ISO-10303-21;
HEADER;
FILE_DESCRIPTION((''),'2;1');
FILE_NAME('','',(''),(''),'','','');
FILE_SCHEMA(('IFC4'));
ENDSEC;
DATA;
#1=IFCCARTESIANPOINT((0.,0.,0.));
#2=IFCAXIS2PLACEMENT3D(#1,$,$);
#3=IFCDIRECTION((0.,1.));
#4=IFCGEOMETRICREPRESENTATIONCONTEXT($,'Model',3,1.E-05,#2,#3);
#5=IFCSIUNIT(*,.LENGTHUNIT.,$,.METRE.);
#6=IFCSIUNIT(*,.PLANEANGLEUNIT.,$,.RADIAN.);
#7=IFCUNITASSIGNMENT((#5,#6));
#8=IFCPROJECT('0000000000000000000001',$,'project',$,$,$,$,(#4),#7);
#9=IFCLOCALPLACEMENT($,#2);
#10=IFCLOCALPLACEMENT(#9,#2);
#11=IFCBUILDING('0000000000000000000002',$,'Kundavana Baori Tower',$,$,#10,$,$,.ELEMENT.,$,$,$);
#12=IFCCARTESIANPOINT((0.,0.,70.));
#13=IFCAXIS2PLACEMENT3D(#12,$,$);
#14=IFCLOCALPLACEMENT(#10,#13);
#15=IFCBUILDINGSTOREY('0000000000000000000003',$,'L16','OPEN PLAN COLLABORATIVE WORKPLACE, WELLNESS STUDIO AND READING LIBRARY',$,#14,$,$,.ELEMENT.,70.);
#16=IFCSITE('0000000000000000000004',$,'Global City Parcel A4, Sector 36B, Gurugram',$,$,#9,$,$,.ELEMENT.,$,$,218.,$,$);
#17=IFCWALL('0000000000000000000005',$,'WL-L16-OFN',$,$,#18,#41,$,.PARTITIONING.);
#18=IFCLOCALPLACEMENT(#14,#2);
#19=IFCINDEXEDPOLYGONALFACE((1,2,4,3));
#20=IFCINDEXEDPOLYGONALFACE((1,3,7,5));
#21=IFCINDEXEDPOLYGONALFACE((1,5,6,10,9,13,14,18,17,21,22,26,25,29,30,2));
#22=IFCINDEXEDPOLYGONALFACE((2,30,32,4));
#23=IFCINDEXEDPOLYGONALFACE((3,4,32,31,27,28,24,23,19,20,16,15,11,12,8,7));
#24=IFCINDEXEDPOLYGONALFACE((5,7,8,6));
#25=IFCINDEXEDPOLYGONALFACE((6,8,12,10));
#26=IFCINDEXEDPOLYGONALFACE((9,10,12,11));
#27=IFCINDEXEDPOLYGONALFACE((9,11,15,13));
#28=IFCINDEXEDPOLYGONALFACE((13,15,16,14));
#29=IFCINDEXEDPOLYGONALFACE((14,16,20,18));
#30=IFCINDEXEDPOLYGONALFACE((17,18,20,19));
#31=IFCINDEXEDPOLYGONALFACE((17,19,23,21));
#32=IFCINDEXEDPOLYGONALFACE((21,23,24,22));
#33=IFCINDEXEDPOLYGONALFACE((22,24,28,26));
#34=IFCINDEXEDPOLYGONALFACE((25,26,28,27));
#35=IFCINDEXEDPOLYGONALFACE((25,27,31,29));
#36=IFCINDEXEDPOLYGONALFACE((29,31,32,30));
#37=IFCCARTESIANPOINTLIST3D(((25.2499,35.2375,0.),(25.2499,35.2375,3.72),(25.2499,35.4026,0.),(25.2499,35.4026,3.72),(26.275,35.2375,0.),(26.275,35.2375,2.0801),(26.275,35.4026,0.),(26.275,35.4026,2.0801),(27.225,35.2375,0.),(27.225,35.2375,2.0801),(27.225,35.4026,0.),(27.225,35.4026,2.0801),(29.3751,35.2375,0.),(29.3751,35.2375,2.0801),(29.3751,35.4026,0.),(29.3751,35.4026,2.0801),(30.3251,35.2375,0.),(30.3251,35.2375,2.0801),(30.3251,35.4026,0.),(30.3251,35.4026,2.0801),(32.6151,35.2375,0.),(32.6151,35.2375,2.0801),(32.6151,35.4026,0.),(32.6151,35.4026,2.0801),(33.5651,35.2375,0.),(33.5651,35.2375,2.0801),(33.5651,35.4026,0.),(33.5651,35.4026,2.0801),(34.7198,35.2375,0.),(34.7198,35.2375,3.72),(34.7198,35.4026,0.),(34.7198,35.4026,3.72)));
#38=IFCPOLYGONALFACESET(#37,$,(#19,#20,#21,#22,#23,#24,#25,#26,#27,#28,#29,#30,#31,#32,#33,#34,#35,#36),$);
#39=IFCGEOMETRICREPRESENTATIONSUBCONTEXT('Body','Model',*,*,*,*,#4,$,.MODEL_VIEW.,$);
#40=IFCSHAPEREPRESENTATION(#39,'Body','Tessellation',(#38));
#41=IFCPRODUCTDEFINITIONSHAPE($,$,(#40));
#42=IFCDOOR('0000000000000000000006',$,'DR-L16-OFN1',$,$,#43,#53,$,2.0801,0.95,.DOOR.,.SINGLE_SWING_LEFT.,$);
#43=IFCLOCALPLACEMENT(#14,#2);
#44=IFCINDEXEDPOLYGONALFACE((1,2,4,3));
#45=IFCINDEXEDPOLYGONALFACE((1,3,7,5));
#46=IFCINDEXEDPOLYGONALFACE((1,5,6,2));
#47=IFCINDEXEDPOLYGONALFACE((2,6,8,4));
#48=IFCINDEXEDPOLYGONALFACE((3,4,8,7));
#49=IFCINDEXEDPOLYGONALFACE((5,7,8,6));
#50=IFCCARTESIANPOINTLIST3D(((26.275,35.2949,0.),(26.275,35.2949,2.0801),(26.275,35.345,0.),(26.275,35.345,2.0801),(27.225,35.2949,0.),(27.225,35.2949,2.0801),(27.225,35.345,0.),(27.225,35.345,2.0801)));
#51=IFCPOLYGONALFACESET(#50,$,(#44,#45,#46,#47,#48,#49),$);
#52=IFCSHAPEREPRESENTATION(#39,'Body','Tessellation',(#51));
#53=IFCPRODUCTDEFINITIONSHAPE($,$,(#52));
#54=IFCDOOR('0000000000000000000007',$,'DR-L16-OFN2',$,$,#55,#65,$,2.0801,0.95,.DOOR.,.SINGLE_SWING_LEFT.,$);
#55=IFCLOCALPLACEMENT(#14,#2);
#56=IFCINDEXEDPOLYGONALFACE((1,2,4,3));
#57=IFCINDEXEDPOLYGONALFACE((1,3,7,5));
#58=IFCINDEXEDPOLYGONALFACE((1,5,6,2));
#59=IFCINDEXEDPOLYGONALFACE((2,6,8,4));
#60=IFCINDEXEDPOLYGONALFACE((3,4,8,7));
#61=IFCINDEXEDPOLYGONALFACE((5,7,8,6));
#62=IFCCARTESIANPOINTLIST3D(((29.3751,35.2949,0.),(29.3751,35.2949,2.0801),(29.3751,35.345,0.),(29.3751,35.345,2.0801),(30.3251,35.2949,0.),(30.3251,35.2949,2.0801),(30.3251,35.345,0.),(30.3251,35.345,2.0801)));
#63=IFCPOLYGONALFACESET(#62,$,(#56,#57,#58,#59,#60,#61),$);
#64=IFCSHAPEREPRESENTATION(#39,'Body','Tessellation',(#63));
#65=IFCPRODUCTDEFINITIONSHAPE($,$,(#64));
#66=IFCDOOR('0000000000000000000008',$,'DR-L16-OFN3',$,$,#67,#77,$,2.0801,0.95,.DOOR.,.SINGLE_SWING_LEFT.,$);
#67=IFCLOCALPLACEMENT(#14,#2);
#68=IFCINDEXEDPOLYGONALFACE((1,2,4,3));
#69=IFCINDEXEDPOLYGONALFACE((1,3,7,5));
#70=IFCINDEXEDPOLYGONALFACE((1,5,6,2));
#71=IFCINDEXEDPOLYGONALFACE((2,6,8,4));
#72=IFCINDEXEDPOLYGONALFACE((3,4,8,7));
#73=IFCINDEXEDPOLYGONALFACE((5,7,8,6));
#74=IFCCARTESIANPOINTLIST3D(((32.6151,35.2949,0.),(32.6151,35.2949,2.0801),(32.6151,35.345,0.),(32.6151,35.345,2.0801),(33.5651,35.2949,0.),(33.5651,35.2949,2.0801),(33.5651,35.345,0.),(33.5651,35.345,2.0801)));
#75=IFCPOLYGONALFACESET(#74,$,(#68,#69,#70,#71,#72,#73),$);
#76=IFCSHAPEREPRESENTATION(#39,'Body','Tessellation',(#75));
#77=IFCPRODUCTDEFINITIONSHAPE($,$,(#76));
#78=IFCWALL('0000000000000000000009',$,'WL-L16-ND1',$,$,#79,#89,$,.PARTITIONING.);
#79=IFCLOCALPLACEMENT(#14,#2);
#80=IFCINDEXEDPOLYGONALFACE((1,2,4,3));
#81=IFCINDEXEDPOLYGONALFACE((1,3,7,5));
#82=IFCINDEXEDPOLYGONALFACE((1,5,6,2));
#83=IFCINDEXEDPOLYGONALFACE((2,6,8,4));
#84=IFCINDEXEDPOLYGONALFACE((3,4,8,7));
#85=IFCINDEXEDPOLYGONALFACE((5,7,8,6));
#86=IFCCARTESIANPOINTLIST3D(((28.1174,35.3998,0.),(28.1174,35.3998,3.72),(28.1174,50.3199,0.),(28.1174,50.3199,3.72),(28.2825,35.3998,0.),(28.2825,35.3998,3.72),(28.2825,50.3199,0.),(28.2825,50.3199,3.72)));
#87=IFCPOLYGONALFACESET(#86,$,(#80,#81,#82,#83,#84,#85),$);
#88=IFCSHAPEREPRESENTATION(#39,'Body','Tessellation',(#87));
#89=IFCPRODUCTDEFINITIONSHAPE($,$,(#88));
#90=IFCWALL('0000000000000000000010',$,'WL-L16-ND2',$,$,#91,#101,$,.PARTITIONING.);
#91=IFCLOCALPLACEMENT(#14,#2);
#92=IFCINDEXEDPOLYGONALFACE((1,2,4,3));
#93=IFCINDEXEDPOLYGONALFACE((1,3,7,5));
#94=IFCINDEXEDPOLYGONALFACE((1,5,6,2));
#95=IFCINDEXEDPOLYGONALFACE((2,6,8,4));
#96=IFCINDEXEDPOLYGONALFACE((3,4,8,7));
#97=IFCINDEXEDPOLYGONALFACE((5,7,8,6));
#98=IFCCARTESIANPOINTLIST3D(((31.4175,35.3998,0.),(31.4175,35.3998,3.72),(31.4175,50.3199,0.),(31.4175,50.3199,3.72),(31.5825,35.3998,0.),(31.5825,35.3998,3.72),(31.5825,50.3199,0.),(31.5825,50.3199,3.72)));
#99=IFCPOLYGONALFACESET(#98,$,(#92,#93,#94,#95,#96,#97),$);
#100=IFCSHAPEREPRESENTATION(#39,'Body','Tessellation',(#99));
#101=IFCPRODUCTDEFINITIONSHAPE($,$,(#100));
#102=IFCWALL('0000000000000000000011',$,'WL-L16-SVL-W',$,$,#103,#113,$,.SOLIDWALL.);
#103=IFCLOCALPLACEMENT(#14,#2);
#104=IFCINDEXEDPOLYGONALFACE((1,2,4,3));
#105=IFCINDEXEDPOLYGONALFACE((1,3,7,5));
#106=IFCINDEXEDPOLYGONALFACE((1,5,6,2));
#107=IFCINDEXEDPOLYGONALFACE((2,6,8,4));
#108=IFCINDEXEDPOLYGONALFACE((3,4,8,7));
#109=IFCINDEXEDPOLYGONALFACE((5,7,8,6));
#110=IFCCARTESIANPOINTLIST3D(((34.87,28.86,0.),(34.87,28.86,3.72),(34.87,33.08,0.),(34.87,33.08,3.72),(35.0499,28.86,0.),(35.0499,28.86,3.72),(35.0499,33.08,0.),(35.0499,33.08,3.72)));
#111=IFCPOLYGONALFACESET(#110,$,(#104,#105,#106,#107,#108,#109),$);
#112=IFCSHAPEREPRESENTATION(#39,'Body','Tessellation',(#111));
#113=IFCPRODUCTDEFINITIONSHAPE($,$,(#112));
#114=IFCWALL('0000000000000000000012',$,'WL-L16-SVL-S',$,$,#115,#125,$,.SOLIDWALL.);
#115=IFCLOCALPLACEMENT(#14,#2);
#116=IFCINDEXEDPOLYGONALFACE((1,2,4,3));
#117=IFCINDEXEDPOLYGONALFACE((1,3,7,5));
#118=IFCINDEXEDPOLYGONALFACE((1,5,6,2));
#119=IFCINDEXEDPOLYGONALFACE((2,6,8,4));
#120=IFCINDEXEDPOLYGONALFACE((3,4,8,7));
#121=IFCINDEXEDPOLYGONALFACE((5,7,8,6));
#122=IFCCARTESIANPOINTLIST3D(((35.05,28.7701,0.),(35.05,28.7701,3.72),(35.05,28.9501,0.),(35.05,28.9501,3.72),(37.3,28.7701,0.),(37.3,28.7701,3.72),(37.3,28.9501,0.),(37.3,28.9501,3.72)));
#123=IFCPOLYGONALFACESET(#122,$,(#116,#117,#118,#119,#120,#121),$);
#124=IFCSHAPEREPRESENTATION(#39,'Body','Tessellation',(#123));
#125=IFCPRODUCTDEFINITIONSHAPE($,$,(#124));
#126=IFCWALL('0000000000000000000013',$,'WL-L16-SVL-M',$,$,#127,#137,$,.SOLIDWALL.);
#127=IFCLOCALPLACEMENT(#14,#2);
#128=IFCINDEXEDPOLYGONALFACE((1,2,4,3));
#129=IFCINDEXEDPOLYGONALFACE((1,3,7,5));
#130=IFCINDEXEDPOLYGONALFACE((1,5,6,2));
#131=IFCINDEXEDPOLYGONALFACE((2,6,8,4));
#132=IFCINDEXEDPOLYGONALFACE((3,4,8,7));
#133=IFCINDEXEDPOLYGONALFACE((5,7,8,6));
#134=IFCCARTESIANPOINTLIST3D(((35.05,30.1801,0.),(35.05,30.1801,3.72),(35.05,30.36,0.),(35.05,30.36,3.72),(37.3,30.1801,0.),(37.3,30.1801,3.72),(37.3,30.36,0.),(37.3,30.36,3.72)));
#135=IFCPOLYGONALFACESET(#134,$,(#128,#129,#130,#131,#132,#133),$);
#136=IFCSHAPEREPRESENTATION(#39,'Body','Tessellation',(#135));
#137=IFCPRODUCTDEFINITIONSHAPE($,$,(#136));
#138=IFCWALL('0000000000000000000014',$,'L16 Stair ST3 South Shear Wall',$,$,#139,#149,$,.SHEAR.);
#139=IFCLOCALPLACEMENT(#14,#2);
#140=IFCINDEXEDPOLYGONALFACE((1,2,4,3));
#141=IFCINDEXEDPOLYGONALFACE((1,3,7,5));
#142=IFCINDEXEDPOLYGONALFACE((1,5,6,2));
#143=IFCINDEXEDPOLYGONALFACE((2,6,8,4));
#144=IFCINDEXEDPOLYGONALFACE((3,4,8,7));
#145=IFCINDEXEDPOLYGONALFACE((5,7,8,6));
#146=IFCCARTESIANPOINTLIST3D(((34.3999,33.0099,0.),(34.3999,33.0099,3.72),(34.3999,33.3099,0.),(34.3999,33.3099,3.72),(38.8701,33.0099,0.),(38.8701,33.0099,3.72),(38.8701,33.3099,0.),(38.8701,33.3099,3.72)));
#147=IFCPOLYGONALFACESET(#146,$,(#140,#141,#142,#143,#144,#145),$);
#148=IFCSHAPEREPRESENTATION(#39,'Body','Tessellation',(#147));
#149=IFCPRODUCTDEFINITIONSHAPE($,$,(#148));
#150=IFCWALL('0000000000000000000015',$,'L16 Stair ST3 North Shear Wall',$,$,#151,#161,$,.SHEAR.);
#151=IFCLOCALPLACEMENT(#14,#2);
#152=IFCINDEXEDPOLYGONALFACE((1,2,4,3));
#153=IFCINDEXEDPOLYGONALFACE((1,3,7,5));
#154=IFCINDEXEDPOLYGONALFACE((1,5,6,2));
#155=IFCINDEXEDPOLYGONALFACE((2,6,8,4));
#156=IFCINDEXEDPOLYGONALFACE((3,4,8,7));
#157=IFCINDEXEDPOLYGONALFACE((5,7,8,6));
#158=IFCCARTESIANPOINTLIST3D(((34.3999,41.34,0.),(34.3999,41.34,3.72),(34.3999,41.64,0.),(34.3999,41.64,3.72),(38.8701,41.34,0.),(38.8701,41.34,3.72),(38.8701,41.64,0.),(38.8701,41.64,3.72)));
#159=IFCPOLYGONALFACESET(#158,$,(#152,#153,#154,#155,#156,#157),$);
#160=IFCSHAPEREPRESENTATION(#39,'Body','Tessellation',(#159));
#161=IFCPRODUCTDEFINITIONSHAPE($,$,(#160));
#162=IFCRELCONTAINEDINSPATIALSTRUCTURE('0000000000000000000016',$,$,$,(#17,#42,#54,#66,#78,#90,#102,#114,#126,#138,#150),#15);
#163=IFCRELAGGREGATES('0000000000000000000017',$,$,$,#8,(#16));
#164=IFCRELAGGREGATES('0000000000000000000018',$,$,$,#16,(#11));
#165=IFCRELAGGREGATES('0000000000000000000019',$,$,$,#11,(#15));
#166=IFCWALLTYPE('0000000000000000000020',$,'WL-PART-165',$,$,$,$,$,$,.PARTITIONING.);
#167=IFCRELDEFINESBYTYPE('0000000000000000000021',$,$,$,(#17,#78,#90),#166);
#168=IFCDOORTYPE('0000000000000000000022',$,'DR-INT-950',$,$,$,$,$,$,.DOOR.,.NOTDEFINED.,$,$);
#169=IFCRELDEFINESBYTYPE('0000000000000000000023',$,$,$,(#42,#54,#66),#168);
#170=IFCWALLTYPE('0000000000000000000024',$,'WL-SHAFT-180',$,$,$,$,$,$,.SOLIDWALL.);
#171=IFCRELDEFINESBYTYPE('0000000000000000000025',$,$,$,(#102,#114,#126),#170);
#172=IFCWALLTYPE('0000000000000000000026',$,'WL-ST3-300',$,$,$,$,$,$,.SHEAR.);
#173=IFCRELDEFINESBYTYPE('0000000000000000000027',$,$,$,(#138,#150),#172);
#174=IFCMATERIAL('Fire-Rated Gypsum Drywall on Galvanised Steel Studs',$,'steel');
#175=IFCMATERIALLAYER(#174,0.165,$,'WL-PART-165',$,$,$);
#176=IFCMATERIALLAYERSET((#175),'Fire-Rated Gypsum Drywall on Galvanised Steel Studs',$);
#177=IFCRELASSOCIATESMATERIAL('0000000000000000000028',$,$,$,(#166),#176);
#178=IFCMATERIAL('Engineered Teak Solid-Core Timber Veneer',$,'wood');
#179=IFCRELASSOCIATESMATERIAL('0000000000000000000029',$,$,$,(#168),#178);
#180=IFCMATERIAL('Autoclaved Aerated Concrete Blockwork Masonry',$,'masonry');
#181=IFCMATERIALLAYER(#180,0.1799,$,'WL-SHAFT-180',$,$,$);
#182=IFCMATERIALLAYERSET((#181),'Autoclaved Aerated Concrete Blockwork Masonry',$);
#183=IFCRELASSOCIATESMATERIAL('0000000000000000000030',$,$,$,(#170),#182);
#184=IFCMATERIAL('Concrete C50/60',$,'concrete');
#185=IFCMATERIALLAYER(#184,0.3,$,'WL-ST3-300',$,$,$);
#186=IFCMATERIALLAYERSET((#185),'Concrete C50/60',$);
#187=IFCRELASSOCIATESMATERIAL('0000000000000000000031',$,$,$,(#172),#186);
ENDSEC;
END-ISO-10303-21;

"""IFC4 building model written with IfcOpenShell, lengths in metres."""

from ifc_helpers import new_model, si_unit, direction, frame, frame_2d, origin, place, context, subcontext, project, spatial, rectangle, extrude, material, layer, layer_set, type_object, element, fill, save


model = new_model("IFC4")

# Units and contexts
model_context = context("Model", 3, precision=1e-05, world=origin(), true_north=direction((0.0, 1.0)))
body_context = subcontext(model_context, "Body", "Model", "MODEL_VIEW")
ifc_project = project(units=[si_unit("LENGTHUNIT", "METRE"), si_unit("PLANEANGLEUNIT", "RADIAN")], contexts=[model_context])

# Site, building, storey
site_placement = place(None, origin())
site = spatial("IfcSite", under=ifc_project, at=site_placement, Name="Global City Parcel A4, Sector 36B, Gurugram", CompositionType="ELEMENT", RefElevation=218.0)
building_placement = place(site_placement, origin())
building = spatial("IfcBuilding", under=site, at=building_placement, Name="Kundavana Baori Tower", CompositionType="ELEMENT")
storey_placement = place(building_placement, frame((0.0, 0.0, 70.0)))
storey = spatial("IfcBuildingStorey", under=building, at=storey_placement, Name="L16", Description="OPEN PLAN COLLABORATIVE WORKPLACE, WELLNESS STUDIO AND READING LIBRARY", CompositionType="ELEMENT", Elevation=70.0)

# Wall, openings, doors
ifc_material_1 = material(Name="Fire-Rated Gypsum Drywall on Galvanised Steel Studs", Category="steel")
ifc_layer_1 = layer(ifc_material_1, 0.165, Name="WL-PART-165")
ifc_layer_set_1 = layer_set([ifc_layer_1], Name="Fire-Rated Gypsum Drywall on Galvanised Steel Studs")
wall_type_1 = type_object("IfcWallType", Name="WL-PART-165", PredefinedType="PARTITIONING", material=ifc_layer_set_1)
wall_1_placement = place(storey_placement, frame((25.25, 35.3201, 0.0), z_axis=(0.0, 0.0, 1.0), x_axis=(1.0, 0.0, 0.0)))
wall_1 = element("IfcWall", 1, at=wall_1_placement, inside=storey, type_object=wall_type_1, Name="WL-L16-OFN", PredefinedType="PARTITIONING", context=body_context, shape_type="SweptSolid", body=[
    extrude(rectangle(XDim=9.47, YDim=0.165, at=frame_2d((4.7349, 0.0))), origin(), (0.0, 0.0, 1.0), 3.72),
])
opening_1_placement = place(wall_1_placement, frame((1.0249, 0.0, 0.0)))
opening_1 = element("IfcOpeningElement", 2, at=opening_1_placement, cuts=wall_1, PredefinedType="OPENING", context=body_context, shape_type="SweptSolid", body=[
    extrude(rectangle(XDim=0.95, YDim=2.0801, at=frame_2d((0.4751, 1.04))), frame((0.0, 0.0925, 0.0), z_axis=(0.0, -1.0, 0.0), x_axis=(1.0, 0.0, 0.0)), (0.0, 0.0, 1.0), 0.1851),
])
opening_2_placement = place(wall_1_placement, frame((4.125, 0.0, 0.0)))
opening_2 = element("IfcOpeningElement", 3, at=opening_2_placement, cuts=wall_1, PredefinedType="OPENING", context=body_context, shape_type="SweptSolid", body=[
    extrude(rectangle(XDim=0.95, YDim=2.0801, at=frame_2d((0.4751, 1.04))), frame((0.0, 0.0925, 0.0), z_axis=(0.0, -1.0, 0.0), x_axis=(1.0, 0.0, 0.0)), (0.0, 0.0, 1.0), 0.1851),
])
opening_3_placement = place(wall_1_placement, frame((7.365, 0.0, 0.0)))
opening_3 = element("IfcOpeningElement", 4, at=opening_3_placement, cuts=wall_1, PredefinedType="OPENING", context=body_context, shape_type="SweptSolid", body=[
    extrude(rectangle(XDim=0.95, YDim=2.0801, at=frame_2d((0.4751, 1.04))), frame((0.0, 0.0925, 0.0), z_axis=(0.0, -1.0, 0.0), x_axis=(1.0, 0.0, 0.0)), (0.0, 0.0, 1.0), 0.1851),
])
ifc_material_2 = material(Name="Engineered Teak Solid-Core Timber Veneer", Category="wood")
door_type_1 = type_object("IfcDoorType", Name="DR-INT-950", OperationType="NOTDEFINED", PredefinedType="DOOR", material=ifc_material_2)
door_1_placement = place(opening_1_placement, origin())
door_1 = element("IfcDoor", 5, at=door_1_placement, inside=storey, type_object=door_type_1, Name="DR-L16-OFN1", OperationType="SINGLE_SWING_LEFT", OverallHeight=2.0801, OverallWidth=0.95, PredefinedType="DOOR", context=body_context, shape_type="SweptSolid", body=[
    extrude(rectangle(XDim=0.95, YDim=2.0801, at=frame_2d((0.4751, 1.04))), frame((0.0, 0.0249, 0.0), z_axis=(0.0, -1.0, 0.0), x_axis=(1.0, 0.0, 0.0)), (0.0, 0.0, 1.0), 0.05),
])
fill(opening_1, door_1)
door_2_placement = place(opening_2_placement, origin())
door_2 = element("IfcDoor", 6, at=door_2_placement, inside=storey, type_object=door_type_1, Name="DR-L16-OFN2", OperationType="SINGLE_SWING_LEFT", OverallHeight=2.0801, OverallWidth=0.95, PredefinedType="DOOR", context=body_context, shape_type="SweptSolid", body=[
    extrude(rectangle(XDim=0.95, YDim=2.0801, at=frame_2d((0.4751, 1.04))), frame((0.0, 0.0249, 0.0), z_axis=(0.0, -1.0, 0.0), x_axis=(1.0, 0.0, 0.0)), (0.0, 0.0, 1.0), 0.05),
])
fill(opening_2, door_2)
door_3_placement = place(opening_3_placement, origin())
door_3 = element("IfcDoor", 7, at=door_3_placement, inside=storey, type_object=door_type_1, Name="DR-L16-OFN3", OperationType="SINGLE_SWING_LEFT", OverallHeight=2.0801, OverallWidth=0.95, PredefinedType="DOOR", context=body_context, shape_type="SweptSolid", body=[
    extrude(rectangle(XDim=0.95, YDim=2.0801, at=frame_2d((0.4751, 1.04))), frame((0.0, 0.0249, 0.0), z_axis=(0.0, -1.0, 0.0), x_axis=(1.0, 0.0, 0.0)), (0.0, 0.0, 1.0), 0.05),
])
fill(opening_3, door_3)

# Walls
for number, where, z_axis, x_axis, name in (
    (8, (28.2, 35.3999, 0.0), (0.0, 0.0, 1.0), (0.0, 1.0, 0.0), "WL-L16-ND1"),
    (9, (31.5, 35.3999, 0.0), (0.0, 0.0, 1.0), (0.0, 1.0, 0.0), "WL-L16-ND2"),
):
    element("IfcWall", number, at=place(storey_placement, frame(where, z_axis=z_axis, x_axis=x_axis)), inside=storey, type_object=wall_type_1, Name=name, PredefinedType="PARTITIONING", context=body_context, shape_type="SweptSolid", body=[
        extrude(rectangle(XDim=14.9202, YDim=0.165, at=frame_2d((7.46, 0.0))), origin(), (0.0, 0.0, 1.0), 3.72),
    ])
ifc_material_3 = material(Name="Autoclaved Aerated Concrete Blockwork Masonry", Category="masonry")
ifc_layer_2 = layer(ifc_material_3, 0.1799, Name="WL-SHAFT-180")
ifc_layer_set_2 = layer_set([ifc_layer_2], Name="Autoclaved Aerated Concrete Blockwork Masonry")
wall_type_2 = type_object("IfcWallType", Name="WL-SHAFT-180", PredefinedType="SOLIDWALL", material=ifc_layer_set_2)
wall_2_placement = place(storey_placement, frame((34.96, 28.8601, 0.0), z_axis=(0.0, 0.0, 1.0), x_axis=(0.0, 1.0, 0.0)))
element("IfcWall", 10, at=wall_2_placement, inside=storey, type_object=wall_type_2, Name="WL-L16-SVL-W", PredefinedType="SOLIDWALL", context=body_context, shape_type="SweptSolid", body=[
    extrude(rectangle(XDim=4.22, YDim=0.1799, at=frame_2d((2.1099, 0.0))), origin(), (0.0, 0.0, 1.0), 3.72),
])
for number, where, z_axis, x_axis, name in (
    (11, (35.05, 28.8601, 0.0), (0.0, 0.0, 1.0), (1.0, 0.0, 0.0), "WL-L16-SVL-S"),
    (12, (35.05, 30.27, 0.0), (0.0, 0.0, 1.0), (1.0, 0.0, 0.0), "WL-L16-SVL-M"),
):
    element("IfcWall", number, at=place(storey_placement, frame(where, z_axis=z_axis, x_axis=x_axis)), inside=storey, type_object=wall_type_2, Name=name, PredefinedType="SOLIDWALL", context=body_context, shape_type="SweptSolid", body=[
        extrude(rectangle(XDim=2.25, YDim=0.1799, at=frame_2d((1.125, 0.0))), origin(), (0.0, 0.0, 1.0), 3.72),
    ])
ifc_material_4 = material(Name="Concrete C50/60", Category="concrete")
ifc_layer_3 = layer(ifc_material_4, 0.3, Name="WL-ST3-300")
ifc_layer_set_3 = layer_set([ifc_layer_3], Name="Concrete C50/60")
wall_type_3 = type_object("IfcWallType", Name="WL-ST3-300", PredefinedType="SHEAR", material=ifc_layer_set_3)
for number, where, z_axis, x_axis, name in (
    (13, (34.3999, 33.1599, 0.0), (0.0, 0.0, 1.0), (1.0, 0.0, 0.0), "L16 Stair ST3 South Shear Wall"),
    (14, (34.3999, 41.49, 0.0), (0.0, 0.0, 1.0), (1.0, 0.0, 0.0), "L16 Stair ST3 North Shear Wall"),
):
    element("IfcWall", number, at=place(storey_placement, frame(where, z_axis=z_axis, x_axis=x_axis)), inside=storey, type_object=wall_type_3, Name=name, PredefinedType="SHEAR", context=body_context, shape_type="SweptSolid", body=[
        extrude(rectangle(XDim=4.4702, YDim=0.3, at=frame_2d((2.2351, 0.0))), origin(), (0.0, 0.0, 1.0), 3.72),
    ])

save(model, "model.ifc")
